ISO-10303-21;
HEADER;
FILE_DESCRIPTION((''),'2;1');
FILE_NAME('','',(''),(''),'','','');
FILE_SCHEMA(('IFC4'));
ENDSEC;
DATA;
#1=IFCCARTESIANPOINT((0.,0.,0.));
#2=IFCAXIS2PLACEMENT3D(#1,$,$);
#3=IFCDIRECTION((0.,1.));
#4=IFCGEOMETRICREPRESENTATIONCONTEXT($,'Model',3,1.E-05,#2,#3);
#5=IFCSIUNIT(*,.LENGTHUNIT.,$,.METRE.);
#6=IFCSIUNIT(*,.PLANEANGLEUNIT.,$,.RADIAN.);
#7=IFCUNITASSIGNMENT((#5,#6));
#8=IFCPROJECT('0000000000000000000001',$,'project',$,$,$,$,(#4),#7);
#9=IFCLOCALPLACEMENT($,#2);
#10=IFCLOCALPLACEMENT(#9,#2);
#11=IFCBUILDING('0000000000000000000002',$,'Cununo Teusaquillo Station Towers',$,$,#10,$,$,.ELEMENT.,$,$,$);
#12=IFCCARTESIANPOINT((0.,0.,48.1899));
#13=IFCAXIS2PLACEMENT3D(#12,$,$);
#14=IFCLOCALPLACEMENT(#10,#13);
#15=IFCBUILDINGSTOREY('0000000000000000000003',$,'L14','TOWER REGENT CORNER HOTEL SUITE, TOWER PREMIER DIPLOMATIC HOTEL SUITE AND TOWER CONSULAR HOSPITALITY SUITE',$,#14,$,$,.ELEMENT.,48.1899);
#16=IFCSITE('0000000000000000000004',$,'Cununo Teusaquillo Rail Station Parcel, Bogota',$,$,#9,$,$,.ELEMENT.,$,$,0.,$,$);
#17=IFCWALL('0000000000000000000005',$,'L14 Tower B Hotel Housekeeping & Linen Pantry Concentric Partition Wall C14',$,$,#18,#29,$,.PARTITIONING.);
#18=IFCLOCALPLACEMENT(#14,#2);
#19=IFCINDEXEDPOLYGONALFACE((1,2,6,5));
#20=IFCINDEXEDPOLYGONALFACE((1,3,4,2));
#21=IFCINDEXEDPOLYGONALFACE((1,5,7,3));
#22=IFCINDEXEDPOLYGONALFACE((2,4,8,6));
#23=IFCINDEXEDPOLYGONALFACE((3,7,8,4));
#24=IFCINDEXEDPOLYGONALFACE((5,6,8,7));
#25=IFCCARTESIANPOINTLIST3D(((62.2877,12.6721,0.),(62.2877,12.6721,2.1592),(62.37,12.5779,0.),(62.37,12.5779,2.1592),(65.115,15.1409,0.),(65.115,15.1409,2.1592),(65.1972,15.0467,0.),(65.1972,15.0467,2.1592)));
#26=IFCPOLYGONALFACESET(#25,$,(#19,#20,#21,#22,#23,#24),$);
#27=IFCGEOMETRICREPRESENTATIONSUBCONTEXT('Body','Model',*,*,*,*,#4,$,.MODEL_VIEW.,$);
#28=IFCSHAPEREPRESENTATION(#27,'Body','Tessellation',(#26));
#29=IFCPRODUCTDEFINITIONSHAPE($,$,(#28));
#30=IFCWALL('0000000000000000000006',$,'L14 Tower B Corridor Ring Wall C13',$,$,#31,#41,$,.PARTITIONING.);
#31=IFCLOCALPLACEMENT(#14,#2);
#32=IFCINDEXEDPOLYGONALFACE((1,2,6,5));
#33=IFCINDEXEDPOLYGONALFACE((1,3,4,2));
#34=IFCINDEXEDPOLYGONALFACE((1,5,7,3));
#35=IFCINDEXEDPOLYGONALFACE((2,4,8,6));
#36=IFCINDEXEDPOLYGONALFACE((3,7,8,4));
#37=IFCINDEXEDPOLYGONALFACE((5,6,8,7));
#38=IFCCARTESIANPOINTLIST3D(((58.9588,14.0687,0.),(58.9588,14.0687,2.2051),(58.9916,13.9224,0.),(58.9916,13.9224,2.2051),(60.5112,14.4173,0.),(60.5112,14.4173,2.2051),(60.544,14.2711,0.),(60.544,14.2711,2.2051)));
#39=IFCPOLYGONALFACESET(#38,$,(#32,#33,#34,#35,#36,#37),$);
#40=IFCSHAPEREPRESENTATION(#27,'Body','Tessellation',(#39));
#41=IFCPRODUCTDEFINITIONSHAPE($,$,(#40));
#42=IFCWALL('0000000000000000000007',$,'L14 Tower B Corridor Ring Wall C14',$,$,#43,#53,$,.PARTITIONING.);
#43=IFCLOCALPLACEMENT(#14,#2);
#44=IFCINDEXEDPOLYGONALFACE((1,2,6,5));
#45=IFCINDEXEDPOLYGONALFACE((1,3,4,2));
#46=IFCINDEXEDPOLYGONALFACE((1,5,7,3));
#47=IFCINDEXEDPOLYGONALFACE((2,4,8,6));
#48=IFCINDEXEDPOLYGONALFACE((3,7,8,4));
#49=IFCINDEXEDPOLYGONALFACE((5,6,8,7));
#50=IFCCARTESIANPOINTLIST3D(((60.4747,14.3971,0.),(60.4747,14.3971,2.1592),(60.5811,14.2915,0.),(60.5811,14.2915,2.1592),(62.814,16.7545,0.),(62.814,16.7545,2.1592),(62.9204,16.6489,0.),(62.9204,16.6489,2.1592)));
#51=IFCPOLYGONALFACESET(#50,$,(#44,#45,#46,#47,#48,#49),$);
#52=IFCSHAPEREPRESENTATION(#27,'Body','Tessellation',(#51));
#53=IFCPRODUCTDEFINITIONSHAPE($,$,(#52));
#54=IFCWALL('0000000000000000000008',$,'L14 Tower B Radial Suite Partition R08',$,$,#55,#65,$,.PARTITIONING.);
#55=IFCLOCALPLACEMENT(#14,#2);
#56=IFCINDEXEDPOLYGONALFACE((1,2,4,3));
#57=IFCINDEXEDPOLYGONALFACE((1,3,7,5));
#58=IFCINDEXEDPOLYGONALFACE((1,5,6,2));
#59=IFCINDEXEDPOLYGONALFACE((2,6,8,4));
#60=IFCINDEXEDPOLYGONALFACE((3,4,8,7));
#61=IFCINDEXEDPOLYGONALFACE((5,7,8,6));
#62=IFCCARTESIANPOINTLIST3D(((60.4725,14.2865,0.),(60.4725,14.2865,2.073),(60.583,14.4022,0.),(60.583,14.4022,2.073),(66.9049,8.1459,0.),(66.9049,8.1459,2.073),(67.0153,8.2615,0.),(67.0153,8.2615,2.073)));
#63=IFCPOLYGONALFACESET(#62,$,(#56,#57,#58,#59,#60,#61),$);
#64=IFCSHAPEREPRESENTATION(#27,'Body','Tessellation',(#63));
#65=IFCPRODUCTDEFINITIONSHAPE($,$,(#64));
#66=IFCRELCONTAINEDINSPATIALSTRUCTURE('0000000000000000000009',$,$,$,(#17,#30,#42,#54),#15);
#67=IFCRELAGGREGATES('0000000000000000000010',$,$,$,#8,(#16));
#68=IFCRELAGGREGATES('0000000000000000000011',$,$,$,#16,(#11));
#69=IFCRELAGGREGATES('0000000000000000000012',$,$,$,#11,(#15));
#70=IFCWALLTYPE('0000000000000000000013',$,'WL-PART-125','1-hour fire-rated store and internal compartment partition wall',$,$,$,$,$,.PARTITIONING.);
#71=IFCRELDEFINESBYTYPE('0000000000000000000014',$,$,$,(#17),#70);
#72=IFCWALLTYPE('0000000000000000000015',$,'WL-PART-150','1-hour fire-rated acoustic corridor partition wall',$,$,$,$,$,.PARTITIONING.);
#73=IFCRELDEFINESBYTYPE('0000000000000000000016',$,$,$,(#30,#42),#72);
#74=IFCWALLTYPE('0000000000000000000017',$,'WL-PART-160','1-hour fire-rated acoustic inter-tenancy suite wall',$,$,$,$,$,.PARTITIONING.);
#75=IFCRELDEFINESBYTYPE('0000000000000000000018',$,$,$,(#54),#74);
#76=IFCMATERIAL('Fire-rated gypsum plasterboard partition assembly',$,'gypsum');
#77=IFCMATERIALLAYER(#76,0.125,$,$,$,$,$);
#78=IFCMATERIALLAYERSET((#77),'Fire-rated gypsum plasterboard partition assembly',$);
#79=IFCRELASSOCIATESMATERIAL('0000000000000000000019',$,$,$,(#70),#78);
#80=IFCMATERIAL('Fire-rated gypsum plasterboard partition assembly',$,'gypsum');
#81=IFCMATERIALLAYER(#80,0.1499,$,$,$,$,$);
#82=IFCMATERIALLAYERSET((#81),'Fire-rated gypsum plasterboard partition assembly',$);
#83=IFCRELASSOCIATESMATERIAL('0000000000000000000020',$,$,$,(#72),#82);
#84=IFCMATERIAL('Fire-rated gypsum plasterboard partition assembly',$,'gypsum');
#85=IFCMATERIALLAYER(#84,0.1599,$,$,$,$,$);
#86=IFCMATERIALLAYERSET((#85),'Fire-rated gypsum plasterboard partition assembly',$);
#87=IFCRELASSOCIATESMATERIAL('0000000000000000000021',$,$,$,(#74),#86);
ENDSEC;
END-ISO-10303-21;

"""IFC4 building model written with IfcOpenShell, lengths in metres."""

from ifc_helpers import new_model, si_unit, direction, frame, frame_2d, origin, place, context, subcontext, project, spatial, rectangle, extrude, material, layer, layer_set, type_object, element, save


model = new_model("IFC4")

# Units and contexts
model_context = context("Model", 3, precision=1e-05, world=origin(), true_north=direction((0.0, 1.0)))
body_context = subcontext(model_context, "Body", "Model", "MODEL_VIEW")
ifc_project = project(units=[si_unit("LENGTHUNIT", "METRE"), si_unit("PLANEANGLEUNIT", "RADIAN")], contexts=[model_context])

# Site, building, storey
site_placement = place(None, origin())
site = spatial("IfcSite", under=ifc_project, at=site_placement, Name="Cununo Teusaquillo Rail Station Parcel, Bogota", CompositionType="ELEMENT", RefElevation=0.0)
building_placement = place(site_placement, origin())
building = spatial("IfcBuilding", under=site, at=building_placement, Name="Cununo Teusaquillo Station Towers", CompositionType="ELEMENT")
storey_placement = place(building_placement, frame((0.0, 0.0, 48.1899)))
storey = spatial("IfcBuildingStorey", under=building, at=storey_placement, Name="L14", Description="TOWER REGENT CORNER HOTEL SUITE, TOWER PREMIER DIPLOMATIC HOTEL SUITE AND TOWER CONSULAR HOSPITALITY SUITE", CompositionType="ELEMENT", Elevation=48.1899)

# Shared definitions
ifc_material_1 = material(Name="Fire-rated gypsum plasterboard partition assembly", Category="gypsum")
ifc_layer_1 = layer(ifc_material_1, 0.125)
ifc_layer_set_1 = layer_set([ifc_layer_1], Name="Fire-rated gypsum plasterboard partition assembly")
wall_type_1 = type_object("IfcWallType", Name="WL-PART-125", Description="1-hour fire-rated store and internal compartment partition wall", PredefinedType="PARTITIONING", material=ifc_layer_set_1)

# Walls
wall_1_placement = place(storey_placement, frame((62.3289, 12.625, 0.0), z_axis=(0.0, 0.0, 1.0), x_axis=(0.753237, 0.657749, 0.0)))
element("IfcWall", 1, at=wall_1_placement, inside=storey, type_object=wall_type_1, Name="L14 Tower B Hotel Housekeeping & Linen Pantry Concentric Partition Wall C14", PredefinedType="PARTITIONING", context=body_context, shape_type="SweptSolid", body=[
    extrude(rectangle(XDim=3.7534, YDim=0.125, at=frame_2d((1.8767, 0.0))), origin(), (0.0, 0.0, 1.0), 2.1592),
])
ifc_material_2 = material(Name="Fire-rated gypsum plasterboard partition assembly", Category="gypsum")
ifc_layer_2 = layer(ifc_material_2, 0.1499)
ifc_layer_set_2 = layer_set([ifc_layer_2], Name="Fire-rated gypsum plasterboard partition assembly")
wall_type_2 = type_object("IfcWallType", Name="WL-PART-150", Description="1-hour fire-rated acoustic corridor partition wall", PredefinedType="PARTITIONING", material=ifc_layer_set_2)
wall_2_placement = place(storey_placement, frame((58.9753, 13.9956, 0.0), z_axis=(0.0, 0.0, 1.0), x_axis=(0.975701, 0.219107, 0.0)))
element("IfcWall", 2, at=wall_2_placement, inside=storey, type_object=wall_type_2, Name="L14 Tower B Corridor Ring Wall C13", PredefinedType="PARTITIONING", context=body_context, shape_type="SweptSolid", body=[
    extrude(rectangle(XDim=1.5911, YDim=0.1499, at=frame_2d((0.7954, 0.0))), origin(), (0.0, 0.0, 1.0), 2.2051),
])
wall_3_placement = place(storey_placement, frame((60.5278, 14.3442, 0.0), z_axis=(0.0, 0.0, 1.0), x_axis=(0.704382, 0.709821, 0.0)))
element("IfcWall", 3, at=wall_3_placement, inside=storey, type_object=wall_type_2, Name="L14 Tower B Corridor Ring Wall C14", PredefinedType="PARTITIONING", context=body_context, shape_type="SweptSolid", body=[
    extrude(rectangle(XDim=3.321, YDim=0.1499, at=frame_2d((1.6606, 0.0))), origin(), (0.0, 0.0, 1.0), 2.1592),
])
ifc_material_3 = material(Name="Fire-rated gypsum plasterboard partition assembly", Category="gypsum")
ifc_layer_3 = layer(ifc_material_3, 0.1599)
ifc_layer_set_3 = layer_set([ifc_layer_3], Name="Fire-rated gypsum plasterboard partition assembly")
wall_type_3 = type_object("IfcWallType", Name="WL-PART-160", Description="1-hour fire-rated acoustic inter-tenancy suite wall", PredefinedType="PARTITIONING", material=ifc_layer_set_3)
wall_4_placement = place(storey_placement, frame((60.5278, 14.3442, 0.0), z_axis=(0.0, 0.0, 1.0), x_axis=(0.72332, -0.690513, 0.0)))
element("IfcWall", 4, at=wall_4_placement, inside=storey, type_object=wall_type_3, Name="L14 Tower B Radial Suite Partition R08", PredefinedType="PARTITIONING", context=body_context, shape_type="SweptSolid", body=[
    extrude(rectangle(XDim=8.8928, YDim=0.1599, at=frame_2d((4.4463, 0.0))), origin(), (0.0, 0.0, 1.0), 2.073),
])

save(model, "model.ifc")
